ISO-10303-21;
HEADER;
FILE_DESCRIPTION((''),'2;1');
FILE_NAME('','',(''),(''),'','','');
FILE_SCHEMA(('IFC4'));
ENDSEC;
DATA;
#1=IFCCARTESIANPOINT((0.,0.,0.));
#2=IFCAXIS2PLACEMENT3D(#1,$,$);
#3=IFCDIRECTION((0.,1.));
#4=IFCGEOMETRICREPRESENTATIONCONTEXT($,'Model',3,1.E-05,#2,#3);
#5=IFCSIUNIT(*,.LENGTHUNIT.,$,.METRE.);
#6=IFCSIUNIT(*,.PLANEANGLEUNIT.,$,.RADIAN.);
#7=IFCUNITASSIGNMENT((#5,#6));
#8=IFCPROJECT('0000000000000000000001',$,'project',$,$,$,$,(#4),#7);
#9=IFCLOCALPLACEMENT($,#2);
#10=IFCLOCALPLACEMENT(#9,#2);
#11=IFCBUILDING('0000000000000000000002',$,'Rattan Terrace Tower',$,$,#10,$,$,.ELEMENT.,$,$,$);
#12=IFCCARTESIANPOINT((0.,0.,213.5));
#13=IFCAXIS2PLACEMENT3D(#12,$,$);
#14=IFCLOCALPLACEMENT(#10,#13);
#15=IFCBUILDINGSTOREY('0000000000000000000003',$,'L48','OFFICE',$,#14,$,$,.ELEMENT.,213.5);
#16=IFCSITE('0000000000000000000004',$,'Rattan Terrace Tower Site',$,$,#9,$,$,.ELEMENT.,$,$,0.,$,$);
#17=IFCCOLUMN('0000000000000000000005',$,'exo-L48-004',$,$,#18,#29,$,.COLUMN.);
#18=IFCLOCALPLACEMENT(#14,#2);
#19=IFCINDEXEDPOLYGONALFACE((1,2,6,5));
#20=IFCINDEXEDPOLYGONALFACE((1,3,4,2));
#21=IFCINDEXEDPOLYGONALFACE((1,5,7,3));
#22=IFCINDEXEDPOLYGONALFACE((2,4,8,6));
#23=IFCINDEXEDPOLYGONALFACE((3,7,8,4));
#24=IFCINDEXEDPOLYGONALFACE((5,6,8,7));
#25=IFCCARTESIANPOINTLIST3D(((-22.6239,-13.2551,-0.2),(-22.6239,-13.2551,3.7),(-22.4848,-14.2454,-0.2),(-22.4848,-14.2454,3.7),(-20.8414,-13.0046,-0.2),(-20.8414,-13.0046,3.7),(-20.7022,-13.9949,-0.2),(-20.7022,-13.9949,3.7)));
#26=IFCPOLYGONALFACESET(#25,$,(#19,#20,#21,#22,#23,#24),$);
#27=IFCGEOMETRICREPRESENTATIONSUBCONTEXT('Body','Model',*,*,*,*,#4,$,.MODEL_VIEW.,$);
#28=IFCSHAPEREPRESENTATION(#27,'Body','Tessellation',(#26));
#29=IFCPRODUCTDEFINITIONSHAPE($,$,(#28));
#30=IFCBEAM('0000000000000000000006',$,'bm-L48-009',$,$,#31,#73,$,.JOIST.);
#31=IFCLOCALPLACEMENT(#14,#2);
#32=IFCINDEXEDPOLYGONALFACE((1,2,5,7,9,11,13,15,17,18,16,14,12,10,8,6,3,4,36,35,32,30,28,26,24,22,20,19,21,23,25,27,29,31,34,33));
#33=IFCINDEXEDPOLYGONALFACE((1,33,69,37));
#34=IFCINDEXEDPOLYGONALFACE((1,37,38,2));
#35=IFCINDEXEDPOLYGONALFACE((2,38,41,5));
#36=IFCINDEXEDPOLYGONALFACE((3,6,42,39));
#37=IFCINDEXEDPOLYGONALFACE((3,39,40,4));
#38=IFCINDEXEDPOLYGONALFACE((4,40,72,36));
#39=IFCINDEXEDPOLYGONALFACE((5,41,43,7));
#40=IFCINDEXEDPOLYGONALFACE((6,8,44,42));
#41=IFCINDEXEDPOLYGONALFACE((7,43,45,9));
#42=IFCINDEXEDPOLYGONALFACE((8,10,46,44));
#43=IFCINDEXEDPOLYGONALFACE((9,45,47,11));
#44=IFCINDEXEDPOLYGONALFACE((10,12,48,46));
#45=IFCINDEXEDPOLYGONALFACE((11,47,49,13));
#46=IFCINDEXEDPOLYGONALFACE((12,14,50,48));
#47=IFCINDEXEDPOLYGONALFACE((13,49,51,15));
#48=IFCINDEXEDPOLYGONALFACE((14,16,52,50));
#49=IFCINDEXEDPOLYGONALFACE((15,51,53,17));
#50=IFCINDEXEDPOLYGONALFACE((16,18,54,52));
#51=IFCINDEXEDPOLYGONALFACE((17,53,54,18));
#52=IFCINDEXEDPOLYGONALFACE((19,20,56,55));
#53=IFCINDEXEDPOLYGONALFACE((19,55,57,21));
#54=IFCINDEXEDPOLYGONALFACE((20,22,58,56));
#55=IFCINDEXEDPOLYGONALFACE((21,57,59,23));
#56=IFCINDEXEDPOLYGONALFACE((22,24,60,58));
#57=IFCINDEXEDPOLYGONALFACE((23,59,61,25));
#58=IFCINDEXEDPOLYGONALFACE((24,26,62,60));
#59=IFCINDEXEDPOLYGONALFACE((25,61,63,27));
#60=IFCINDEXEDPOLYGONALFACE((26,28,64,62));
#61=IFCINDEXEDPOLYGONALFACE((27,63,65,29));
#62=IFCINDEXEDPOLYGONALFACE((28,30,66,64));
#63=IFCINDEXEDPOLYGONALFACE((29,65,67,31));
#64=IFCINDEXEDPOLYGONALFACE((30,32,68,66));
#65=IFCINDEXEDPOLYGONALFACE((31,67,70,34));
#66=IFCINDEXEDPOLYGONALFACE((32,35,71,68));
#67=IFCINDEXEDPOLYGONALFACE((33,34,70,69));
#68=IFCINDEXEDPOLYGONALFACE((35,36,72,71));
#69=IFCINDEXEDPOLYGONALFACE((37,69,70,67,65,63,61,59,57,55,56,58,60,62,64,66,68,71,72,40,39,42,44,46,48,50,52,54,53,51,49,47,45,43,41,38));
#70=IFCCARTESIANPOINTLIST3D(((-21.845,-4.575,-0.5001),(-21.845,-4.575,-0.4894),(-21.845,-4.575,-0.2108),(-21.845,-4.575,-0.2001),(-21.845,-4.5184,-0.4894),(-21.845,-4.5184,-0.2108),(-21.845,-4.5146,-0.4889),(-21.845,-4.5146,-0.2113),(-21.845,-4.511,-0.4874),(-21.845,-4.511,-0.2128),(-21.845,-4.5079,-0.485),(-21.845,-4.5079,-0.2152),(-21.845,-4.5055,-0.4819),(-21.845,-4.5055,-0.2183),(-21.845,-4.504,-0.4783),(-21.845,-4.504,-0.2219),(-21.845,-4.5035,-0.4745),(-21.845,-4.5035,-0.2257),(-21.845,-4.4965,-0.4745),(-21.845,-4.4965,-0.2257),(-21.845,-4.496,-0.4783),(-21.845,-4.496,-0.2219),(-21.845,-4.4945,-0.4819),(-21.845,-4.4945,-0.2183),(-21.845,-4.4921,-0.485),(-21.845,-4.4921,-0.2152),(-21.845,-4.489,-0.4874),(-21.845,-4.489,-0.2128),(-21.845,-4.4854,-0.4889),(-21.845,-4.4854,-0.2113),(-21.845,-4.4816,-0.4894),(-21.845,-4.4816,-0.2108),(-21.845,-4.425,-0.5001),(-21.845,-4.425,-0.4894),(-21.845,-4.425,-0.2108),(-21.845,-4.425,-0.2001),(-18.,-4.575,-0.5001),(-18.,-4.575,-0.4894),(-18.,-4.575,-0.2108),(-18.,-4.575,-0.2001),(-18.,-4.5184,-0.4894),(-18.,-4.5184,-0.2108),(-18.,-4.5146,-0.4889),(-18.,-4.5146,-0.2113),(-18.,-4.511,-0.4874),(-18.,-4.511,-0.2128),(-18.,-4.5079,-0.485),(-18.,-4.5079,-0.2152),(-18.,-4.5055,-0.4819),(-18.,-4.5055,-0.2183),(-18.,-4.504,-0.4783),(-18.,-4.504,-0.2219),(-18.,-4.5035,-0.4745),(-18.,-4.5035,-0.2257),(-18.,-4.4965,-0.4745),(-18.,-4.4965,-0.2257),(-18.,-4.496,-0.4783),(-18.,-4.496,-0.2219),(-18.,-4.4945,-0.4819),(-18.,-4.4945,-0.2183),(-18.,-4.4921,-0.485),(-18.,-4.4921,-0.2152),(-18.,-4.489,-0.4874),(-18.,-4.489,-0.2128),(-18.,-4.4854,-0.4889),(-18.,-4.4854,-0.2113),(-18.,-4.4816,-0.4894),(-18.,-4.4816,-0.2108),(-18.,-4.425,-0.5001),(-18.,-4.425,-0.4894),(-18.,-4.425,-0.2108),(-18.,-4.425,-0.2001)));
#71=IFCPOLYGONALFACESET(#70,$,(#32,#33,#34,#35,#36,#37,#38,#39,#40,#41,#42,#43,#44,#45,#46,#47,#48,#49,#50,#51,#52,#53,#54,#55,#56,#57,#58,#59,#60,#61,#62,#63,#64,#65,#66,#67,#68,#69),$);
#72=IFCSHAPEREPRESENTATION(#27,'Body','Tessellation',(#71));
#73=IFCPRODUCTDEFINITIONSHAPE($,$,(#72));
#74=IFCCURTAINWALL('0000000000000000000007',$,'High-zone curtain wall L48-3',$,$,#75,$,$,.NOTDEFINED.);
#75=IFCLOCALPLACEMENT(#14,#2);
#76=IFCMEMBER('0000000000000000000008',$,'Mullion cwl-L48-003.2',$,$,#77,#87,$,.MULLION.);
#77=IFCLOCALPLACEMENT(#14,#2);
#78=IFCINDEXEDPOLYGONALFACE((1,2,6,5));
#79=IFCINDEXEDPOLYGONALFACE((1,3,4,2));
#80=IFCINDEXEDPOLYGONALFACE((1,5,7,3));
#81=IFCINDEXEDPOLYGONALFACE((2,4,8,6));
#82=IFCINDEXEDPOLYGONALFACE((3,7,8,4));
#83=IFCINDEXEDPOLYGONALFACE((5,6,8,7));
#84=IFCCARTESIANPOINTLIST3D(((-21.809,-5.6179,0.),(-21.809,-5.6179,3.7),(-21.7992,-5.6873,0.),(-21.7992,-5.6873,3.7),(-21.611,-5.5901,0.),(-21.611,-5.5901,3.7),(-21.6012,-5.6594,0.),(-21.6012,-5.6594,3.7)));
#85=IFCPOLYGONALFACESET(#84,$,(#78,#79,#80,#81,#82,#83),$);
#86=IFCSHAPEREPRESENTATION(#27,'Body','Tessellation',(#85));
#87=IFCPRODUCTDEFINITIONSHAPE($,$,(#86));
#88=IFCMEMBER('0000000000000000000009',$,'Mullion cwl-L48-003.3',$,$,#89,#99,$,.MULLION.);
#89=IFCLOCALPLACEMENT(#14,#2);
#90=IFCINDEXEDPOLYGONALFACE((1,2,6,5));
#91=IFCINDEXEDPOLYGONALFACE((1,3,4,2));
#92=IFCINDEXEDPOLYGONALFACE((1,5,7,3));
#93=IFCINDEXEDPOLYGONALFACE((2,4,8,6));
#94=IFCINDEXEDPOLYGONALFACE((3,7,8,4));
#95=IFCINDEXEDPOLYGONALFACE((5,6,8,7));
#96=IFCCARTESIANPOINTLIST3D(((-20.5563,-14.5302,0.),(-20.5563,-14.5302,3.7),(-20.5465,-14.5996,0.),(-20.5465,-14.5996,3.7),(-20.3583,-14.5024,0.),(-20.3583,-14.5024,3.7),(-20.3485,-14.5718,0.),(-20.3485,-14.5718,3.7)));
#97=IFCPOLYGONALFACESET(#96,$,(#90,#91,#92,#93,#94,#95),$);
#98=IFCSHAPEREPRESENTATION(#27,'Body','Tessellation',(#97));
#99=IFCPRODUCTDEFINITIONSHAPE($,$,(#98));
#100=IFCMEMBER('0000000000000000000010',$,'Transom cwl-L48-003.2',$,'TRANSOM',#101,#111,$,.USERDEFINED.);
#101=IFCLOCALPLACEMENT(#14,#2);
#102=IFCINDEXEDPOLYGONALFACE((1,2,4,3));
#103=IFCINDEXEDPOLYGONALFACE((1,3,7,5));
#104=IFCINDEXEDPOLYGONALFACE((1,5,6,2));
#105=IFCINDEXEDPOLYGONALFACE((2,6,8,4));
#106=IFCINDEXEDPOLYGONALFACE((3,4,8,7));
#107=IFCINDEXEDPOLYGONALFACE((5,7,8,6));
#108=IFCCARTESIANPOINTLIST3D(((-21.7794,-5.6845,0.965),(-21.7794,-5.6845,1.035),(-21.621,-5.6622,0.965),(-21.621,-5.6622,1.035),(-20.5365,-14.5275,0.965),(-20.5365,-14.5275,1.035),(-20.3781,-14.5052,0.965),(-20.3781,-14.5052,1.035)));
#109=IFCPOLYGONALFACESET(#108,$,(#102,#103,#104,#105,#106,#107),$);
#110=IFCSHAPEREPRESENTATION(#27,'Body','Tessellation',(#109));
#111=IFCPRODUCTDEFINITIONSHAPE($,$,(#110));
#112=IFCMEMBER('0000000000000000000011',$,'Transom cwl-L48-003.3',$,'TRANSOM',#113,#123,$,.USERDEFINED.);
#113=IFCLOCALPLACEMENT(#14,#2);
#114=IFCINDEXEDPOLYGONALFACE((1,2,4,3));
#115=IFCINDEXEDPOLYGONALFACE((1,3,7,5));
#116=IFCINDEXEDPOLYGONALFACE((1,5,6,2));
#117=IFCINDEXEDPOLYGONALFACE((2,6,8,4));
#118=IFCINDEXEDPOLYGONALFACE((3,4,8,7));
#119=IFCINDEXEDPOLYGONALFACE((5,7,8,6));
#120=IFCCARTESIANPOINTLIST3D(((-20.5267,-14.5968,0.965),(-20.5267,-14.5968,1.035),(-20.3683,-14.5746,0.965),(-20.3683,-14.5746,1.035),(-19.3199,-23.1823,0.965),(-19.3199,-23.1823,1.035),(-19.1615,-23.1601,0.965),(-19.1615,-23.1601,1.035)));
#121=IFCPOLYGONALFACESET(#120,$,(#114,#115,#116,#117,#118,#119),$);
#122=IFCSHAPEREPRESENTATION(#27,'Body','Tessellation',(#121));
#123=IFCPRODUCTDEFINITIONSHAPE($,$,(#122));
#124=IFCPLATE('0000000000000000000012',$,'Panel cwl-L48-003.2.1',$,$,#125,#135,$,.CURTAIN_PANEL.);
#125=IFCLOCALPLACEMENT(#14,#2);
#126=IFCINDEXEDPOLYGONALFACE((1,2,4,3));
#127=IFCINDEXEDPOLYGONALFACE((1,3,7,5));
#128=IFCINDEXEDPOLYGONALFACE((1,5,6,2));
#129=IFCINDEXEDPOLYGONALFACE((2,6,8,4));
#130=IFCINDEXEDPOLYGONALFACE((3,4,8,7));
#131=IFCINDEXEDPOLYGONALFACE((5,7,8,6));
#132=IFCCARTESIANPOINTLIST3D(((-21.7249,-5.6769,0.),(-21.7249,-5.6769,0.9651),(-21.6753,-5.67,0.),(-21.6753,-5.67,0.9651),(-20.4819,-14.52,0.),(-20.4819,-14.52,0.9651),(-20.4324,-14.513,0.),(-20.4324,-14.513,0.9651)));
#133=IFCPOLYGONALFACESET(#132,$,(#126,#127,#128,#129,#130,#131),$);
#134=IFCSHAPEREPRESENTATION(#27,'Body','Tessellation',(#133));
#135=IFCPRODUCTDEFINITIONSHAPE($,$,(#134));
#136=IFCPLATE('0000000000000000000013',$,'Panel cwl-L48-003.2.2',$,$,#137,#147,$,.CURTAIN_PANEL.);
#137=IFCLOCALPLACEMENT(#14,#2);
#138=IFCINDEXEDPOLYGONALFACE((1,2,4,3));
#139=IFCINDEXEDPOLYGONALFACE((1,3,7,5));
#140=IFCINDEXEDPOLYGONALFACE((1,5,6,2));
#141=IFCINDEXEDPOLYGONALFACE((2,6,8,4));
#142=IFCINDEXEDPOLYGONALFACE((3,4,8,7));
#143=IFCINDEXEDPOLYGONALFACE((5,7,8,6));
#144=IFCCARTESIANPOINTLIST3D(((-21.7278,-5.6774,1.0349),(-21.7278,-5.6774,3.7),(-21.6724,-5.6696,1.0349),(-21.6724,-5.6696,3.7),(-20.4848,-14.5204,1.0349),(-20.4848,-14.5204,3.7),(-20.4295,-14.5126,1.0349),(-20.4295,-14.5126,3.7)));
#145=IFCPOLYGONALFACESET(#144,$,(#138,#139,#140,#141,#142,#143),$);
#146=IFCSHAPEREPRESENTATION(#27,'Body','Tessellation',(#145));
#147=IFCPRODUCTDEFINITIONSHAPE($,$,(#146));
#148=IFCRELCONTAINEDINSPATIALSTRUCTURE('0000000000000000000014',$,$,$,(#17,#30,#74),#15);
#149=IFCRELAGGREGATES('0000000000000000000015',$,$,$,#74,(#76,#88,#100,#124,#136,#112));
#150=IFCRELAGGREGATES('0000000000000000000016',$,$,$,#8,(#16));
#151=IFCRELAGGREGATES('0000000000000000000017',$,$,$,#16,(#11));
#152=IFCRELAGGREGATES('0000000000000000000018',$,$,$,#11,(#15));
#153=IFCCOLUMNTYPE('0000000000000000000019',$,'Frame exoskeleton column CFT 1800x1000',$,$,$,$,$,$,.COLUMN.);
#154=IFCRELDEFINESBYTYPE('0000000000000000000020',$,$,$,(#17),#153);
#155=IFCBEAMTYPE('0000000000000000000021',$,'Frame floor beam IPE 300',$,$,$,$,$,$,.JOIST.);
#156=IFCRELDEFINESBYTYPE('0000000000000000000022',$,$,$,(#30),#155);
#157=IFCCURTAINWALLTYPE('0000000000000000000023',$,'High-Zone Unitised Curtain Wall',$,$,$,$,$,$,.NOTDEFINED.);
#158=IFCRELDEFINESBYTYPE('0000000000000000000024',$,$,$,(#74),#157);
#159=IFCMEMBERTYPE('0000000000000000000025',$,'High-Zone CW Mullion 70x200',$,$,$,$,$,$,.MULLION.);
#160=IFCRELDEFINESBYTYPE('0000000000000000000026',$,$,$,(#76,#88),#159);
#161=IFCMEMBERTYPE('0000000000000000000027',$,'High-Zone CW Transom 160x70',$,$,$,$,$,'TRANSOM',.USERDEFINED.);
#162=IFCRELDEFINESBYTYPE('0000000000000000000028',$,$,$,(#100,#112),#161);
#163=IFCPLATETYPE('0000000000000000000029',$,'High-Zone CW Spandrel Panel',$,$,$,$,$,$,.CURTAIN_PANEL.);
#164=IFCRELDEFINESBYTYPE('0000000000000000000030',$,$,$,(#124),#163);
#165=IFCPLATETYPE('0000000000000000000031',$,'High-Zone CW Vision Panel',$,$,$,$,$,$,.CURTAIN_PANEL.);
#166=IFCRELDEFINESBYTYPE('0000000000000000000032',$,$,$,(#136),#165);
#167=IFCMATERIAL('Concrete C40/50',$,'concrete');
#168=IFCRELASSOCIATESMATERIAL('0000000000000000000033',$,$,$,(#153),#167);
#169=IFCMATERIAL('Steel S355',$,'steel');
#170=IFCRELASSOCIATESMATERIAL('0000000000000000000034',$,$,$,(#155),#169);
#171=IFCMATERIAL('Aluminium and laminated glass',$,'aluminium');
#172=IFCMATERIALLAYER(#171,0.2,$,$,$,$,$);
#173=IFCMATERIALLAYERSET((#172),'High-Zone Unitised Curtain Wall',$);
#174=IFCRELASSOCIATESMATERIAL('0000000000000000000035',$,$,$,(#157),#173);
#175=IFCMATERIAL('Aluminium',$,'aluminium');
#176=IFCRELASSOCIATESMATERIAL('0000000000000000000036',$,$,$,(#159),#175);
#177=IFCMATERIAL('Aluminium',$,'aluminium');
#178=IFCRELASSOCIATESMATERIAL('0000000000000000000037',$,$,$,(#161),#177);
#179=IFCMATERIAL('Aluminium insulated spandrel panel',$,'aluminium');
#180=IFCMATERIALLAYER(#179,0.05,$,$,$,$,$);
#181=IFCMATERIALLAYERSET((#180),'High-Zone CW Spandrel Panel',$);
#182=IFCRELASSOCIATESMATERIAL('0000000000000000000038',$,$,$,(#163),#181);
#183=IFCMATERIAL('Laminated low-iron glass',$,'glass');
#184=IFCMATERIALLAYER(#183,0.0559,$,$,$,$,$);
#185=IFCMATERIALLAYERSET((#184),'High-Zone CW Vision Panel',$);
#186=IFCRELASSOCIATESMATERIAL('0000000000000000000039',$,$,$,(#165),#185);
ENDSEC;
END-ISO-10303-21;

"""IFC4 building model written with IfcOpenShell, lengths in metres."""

from ifc_helpers import new_model, si_unit, direction, frame, origin, origin_2d, place, context, subcontext, project, spatial, rectangle, i_section, extrude, material, layer, layer_set, material_profile, profile_set, type_object, element, aggregate, save


model = new_model("IFC4")

# Units and contexts
model_context = context("Model", 3, precision=1e-05, world=origin(), true_north=direction((0.0, 1.0)))
body_context = subcontext(model_context, "Body", "Model", "MODEL_VIEW")
ifc_project = project(units=[si_unit("LENGTHUNIT", "METRE"), si_unit("PLANEANGLEUNIT", "RADIAN")], contexts=[model_context])

# Site, building, storey
site_placement = place(None, origin())
site = spatial("IfcSite", under=ifc_project, at=site_placement, Name="Rattan Terrace Tower Site", CompositionType="ELEMENT", RefElevation=0.0)
building_placement = place(site_placement, origin())
building = spatial("IfcBuilding", under=site, at=building_placement, Name="Rattan Terrace Tower", CompositionType="ELEMENT")
storey_placement = place(building_placement, frame((0.0, 0.0, 213.5)))
storey = spatial("IfcBuildingStorey", under=building, at=storey_placement, Name="L48", Description="OFFICE", CompositionType="ELEMENT", Elevation=213.5)

# Column
ifc_material_1 = material(Name="Concrete C40/50", Category="concrete")
ifc_material_profile_1 = material_profile(ifc_material_1, rectangle(XDim=1.0, YDim=1.8, at=origin_2d()), Name="CFT 1800x1000")
ifc_profile_set_1 = profile_set([ifc_material_profile_1], Name="Concrete C40/50")
column_type = type_object("IfcColumnType", Name="Frame exoskeleton column CFT 1800x1000", PredefinedType="COLUMN", material=ifc_profile_set_1)
column_placement = place(storey_placement, frame((-21.6631, -13.625, -0.2), z_axis=(0.0, 0.0, 1.0), x_axis=(-0.13919, 0.990266, 0.0)))
element("IfcColumn", 1, at=column_placement, inside=storey, type_object=column_type, Name="exo-L48-004", PredefinedType="COLUMN", context=body_context, shape_type="SweptSolid", body=[
    extrude(rectangle(XDim=1.0, YDim=1.8, at=origin_2d()), origin(), (0.0, 0.0, 1.0), 3.8999),
])

# Beam
ifc_material_2 = material(Name="Steel S355", Category="steel")
ifc_material_profile_2 = material_profile(ifc_material_2, i_section(OverallWidth=0.1499, OverallDepth=0.3, WebThickness=0.0071, FlangeThickness=0.0107, FilletRadius=0.0149, at=origin_2d()), Name="IPE 300")
ifc_profile_set_2 = profile_set([ifc_material_profile_2], Name="Steel S355")
beam_type = type_object("IfcBeamType", Name="Frame floor beam IPE 300", PredefinedType="JOIST", material=ifc_profile_set_2)
beam_placement = place(storey_placement, frame((-21.845, -4.5, -0.3501), z_axis=(1.0, 0.0, 0.0), x_axis=(0.0, 1.0, 0.0)))
element("IfcBeam", 2, at=beam_placement, inside=storey, type_object=beam_type, Name="bm-L48-009", PredefinedType="JOIST", context=body_context, shape_type="SweptSolid", body=[
    extrude(i_section(OverallWidth=0.1499, OverallDepth=0.3, WebThickness=0.0071, FlangeThickness=0.0107, FilletRadius=0.0149, at=origin_2d()), origin(), (0.0, 0.0, 1.0), 3.845),
])

# Curtain wall, members, plates
ifc_material_3 = material(Name="Aluminium and laminated glass", Category="aluminium")
ifc_layer_1 = layer(ifc_material_3, 0.2)
ifc_layer_set_1 = layer_set([ifc_layer_1], Name="High-Zone Unitised Curtain Wall")
curtain_wall_type = type_object("IfcCurtainWallType", Name="High-Zone Unitised Curtain Wall", PredefinedType="NOTDEFINED", material=ifc_layer_set_1)
curtain_wall_placement = place(storey_placement, origin())
curtain_wall = element("IfcCurtainWall", 3, at=curtain_wall_placement, inside=storey, type_object=curtain_wall_type, Name="High-zone curtain wall L48-3", PredefinedType="NOTDEFINED")
ifc_material_4 = material(Name="Aluminium", Category="aluminium")
ifc_material_profile_3 = material_profile(ifc_material_4, rectangle(XDim=0.0701, YDim=0.2, at=origin_2d()), Name="Aluminium 70x200")
ifc_profile_set_3 = profile_set([ifc_material_profile_3], Name="Aluminium")
member_type_1 = type_object("IfcMemberType", Name="High-Zone CW Mullion 70x200", PredefinedType="MULLION", material=ifc_profile_set_3)
member_1_placement = place(storey_placement, frame((-21.7051, -5.6387, 0.0), z_axis=(0.0, 0.0, 1.0), x_axis=(0.139186, -0.990266, 0.0)))
member_1 = element("IfcMember", 4, at=member_1_placement, type_object=member_type_1, Name="Mullion cwl-L48-003.2", PredefinedType="MULLION", context=body_context, shape_type="SweptSolid", body=[
    extrude(rectangle(XDim=0.0701, YDim=0.2, at=origin_2d()), origin(), (0.0, 0.0, 1.0), 3.7),
])
member_2_placement = place(storey_placement, frame((-20.4524, -14.551, 0.0), z_axis=(0.0, 0.0, 1.0), x_axis=(0.139186, -0.990266, 0.0)))
member_2 = element("IfcMember", 5, at=member_2_placement, type_object=member_type_1, Name="Mullion cwl-L48-003.3", PredefinedType="MULLION", context=body_context, shape_type="SweptSolid", body=[
    extrude(rectangle(XDim=0.0701, YDim=0.2, at=origin_2d()), origin(), (0.0, 0.0, 1.0), 3.7),
])
ifc_material_5 = material(Name="Aluminium", Category="aluminium")
ifc_material_profile_4 = material_profile(ifc_material_5, rectangle(XDim=0.1599, YDim=0.0701, at=origin_2d()), Name="Aluminium 160x70")
ifc_profile_set_4 = profile_set([ifc_material_profile_4], Name="Aluminium")
member_type_2 = type_object("IfcMemberType", Name="High-Zone CW Transom 160x70", ElementType="TRANSOM", PredefinedType="USERDEFINED", material=ifc_profile_set_4)
member_3_placement = place(storey_placement, frame((-21.7002, -5.6733, 1.0), z_axis=(0.139186, -0.990266, 0.0), x_axis=(0.990266, 0.139186, 0.0)))
member_3 = element("IfcMember", 6, at=member_3_placement, type_object=member_type_2, Name="Transom cwl-L48-003.2", ObjectType="TRANSOM", PredefinedType="USERDEFINED", context=body_context, shape_type="SweptSolid", body=[
    extrude(rectangle(XDim=0.1599, YDim=0.0701, at=origin_2d()), origin(), (0.0, 0.0, 1.0), 8.9299),
])
member_4_placement = place(storey_placement, frame((-20.4475, -14.5857, 1.0), z_axis=(0.139194, -0.990265, 0.0), x_axis=(0.990265, 0.139194, 0.0)))
member_4 = element("IfcMember", 7, at=member_4_placement, type_object=member_type_2, Name="Transom cwl-L48-003.3", ObjectType="TRANSOM", PredefinedType="USERDEFINED", context=body_context, shape_type="SweptSolid", body=[
    extrude(rectangle(XDim=0.1599, YDim=0.0701, at=origin_2d()), origin(), (0.0, 0.0, 1.0), 8.6699),
])
ifc_material_6 = material(Name="Aluminium insulated spandrel panel", Category="aluminium")
ifc_layer_2 = layer(ifc_material_6, 0.05)
ifc_layer_set_2 = layer_set([ifc_layer_2], Name="High-Zone CW Spandrel Panel")
plate_type_1 = type_object("IfcPlateType", Name="High-Zone CW Spandrel Panel", PredefinedType="CURTAIN_PANEL", material=ifc_layer_set_2)
plate_1_placement = place(storey_placement, frame((-21.0786, -10.095, 0.0), z_axis=(0.0, 0.0, 1.0), x_axis=(0.139186, -0.990266, 0.0)))
plate_1 = element("IfcPlate", 8, at=plate_1_placement, type_object=plate_type_1, Name="Panel cwl-L48-003.2.1", PredefinedType="CURTAIN_PANEL", context=body_context, shape_type="SweptSolid", body=[
    extrude(rectangle(XDim=8.9299, YDim=0.05, at=origin_2d()), origin(), (0.0, 0.0, 1.0), 0.9651),
])
ifc_material_7 = material(Name="Laminated low-iron glass", Category="glass")
ifc_layer_3 = layer(ifc_material_7, 0.0559)
ifc_layer_set_3 = layer_set([ifc_layer_3], Name="High-Zone CW Vision Panel")
plate_type_2 = type_object("IfcPlateType", Name="High-Zone CW Vision Panel", PredefinedType="CURTAIN_PANEL", material=ifc_layer_set_3)
plate_2_placement = place(storey_placement, frame((-21.0786, -10.095, 1.0349), z_axis=(0.0, 0.0, 1.0), x_axis=(0.139186, -0.990266, 0.0)))
plate_2 = element("IfcPlate", 9, at=plate_2_placement, type_object=plate_type_2, Name="Panel cwl-L48-003.2.2", PredefinedType="CURTAIN_PANEL", context=body_context, shape_type="SweptSolid", body=[
    extrude(rectangle(XDim=8.9299, YDim=0.0559, at=origin_2d()), origin(), (0.0, 0.0, 1.0), 2.665),
])
aggregate(curtain_wall, [member_1, member_2, member_3, plate_1, plate_2, member_4])

save(model, "model.ifc")
